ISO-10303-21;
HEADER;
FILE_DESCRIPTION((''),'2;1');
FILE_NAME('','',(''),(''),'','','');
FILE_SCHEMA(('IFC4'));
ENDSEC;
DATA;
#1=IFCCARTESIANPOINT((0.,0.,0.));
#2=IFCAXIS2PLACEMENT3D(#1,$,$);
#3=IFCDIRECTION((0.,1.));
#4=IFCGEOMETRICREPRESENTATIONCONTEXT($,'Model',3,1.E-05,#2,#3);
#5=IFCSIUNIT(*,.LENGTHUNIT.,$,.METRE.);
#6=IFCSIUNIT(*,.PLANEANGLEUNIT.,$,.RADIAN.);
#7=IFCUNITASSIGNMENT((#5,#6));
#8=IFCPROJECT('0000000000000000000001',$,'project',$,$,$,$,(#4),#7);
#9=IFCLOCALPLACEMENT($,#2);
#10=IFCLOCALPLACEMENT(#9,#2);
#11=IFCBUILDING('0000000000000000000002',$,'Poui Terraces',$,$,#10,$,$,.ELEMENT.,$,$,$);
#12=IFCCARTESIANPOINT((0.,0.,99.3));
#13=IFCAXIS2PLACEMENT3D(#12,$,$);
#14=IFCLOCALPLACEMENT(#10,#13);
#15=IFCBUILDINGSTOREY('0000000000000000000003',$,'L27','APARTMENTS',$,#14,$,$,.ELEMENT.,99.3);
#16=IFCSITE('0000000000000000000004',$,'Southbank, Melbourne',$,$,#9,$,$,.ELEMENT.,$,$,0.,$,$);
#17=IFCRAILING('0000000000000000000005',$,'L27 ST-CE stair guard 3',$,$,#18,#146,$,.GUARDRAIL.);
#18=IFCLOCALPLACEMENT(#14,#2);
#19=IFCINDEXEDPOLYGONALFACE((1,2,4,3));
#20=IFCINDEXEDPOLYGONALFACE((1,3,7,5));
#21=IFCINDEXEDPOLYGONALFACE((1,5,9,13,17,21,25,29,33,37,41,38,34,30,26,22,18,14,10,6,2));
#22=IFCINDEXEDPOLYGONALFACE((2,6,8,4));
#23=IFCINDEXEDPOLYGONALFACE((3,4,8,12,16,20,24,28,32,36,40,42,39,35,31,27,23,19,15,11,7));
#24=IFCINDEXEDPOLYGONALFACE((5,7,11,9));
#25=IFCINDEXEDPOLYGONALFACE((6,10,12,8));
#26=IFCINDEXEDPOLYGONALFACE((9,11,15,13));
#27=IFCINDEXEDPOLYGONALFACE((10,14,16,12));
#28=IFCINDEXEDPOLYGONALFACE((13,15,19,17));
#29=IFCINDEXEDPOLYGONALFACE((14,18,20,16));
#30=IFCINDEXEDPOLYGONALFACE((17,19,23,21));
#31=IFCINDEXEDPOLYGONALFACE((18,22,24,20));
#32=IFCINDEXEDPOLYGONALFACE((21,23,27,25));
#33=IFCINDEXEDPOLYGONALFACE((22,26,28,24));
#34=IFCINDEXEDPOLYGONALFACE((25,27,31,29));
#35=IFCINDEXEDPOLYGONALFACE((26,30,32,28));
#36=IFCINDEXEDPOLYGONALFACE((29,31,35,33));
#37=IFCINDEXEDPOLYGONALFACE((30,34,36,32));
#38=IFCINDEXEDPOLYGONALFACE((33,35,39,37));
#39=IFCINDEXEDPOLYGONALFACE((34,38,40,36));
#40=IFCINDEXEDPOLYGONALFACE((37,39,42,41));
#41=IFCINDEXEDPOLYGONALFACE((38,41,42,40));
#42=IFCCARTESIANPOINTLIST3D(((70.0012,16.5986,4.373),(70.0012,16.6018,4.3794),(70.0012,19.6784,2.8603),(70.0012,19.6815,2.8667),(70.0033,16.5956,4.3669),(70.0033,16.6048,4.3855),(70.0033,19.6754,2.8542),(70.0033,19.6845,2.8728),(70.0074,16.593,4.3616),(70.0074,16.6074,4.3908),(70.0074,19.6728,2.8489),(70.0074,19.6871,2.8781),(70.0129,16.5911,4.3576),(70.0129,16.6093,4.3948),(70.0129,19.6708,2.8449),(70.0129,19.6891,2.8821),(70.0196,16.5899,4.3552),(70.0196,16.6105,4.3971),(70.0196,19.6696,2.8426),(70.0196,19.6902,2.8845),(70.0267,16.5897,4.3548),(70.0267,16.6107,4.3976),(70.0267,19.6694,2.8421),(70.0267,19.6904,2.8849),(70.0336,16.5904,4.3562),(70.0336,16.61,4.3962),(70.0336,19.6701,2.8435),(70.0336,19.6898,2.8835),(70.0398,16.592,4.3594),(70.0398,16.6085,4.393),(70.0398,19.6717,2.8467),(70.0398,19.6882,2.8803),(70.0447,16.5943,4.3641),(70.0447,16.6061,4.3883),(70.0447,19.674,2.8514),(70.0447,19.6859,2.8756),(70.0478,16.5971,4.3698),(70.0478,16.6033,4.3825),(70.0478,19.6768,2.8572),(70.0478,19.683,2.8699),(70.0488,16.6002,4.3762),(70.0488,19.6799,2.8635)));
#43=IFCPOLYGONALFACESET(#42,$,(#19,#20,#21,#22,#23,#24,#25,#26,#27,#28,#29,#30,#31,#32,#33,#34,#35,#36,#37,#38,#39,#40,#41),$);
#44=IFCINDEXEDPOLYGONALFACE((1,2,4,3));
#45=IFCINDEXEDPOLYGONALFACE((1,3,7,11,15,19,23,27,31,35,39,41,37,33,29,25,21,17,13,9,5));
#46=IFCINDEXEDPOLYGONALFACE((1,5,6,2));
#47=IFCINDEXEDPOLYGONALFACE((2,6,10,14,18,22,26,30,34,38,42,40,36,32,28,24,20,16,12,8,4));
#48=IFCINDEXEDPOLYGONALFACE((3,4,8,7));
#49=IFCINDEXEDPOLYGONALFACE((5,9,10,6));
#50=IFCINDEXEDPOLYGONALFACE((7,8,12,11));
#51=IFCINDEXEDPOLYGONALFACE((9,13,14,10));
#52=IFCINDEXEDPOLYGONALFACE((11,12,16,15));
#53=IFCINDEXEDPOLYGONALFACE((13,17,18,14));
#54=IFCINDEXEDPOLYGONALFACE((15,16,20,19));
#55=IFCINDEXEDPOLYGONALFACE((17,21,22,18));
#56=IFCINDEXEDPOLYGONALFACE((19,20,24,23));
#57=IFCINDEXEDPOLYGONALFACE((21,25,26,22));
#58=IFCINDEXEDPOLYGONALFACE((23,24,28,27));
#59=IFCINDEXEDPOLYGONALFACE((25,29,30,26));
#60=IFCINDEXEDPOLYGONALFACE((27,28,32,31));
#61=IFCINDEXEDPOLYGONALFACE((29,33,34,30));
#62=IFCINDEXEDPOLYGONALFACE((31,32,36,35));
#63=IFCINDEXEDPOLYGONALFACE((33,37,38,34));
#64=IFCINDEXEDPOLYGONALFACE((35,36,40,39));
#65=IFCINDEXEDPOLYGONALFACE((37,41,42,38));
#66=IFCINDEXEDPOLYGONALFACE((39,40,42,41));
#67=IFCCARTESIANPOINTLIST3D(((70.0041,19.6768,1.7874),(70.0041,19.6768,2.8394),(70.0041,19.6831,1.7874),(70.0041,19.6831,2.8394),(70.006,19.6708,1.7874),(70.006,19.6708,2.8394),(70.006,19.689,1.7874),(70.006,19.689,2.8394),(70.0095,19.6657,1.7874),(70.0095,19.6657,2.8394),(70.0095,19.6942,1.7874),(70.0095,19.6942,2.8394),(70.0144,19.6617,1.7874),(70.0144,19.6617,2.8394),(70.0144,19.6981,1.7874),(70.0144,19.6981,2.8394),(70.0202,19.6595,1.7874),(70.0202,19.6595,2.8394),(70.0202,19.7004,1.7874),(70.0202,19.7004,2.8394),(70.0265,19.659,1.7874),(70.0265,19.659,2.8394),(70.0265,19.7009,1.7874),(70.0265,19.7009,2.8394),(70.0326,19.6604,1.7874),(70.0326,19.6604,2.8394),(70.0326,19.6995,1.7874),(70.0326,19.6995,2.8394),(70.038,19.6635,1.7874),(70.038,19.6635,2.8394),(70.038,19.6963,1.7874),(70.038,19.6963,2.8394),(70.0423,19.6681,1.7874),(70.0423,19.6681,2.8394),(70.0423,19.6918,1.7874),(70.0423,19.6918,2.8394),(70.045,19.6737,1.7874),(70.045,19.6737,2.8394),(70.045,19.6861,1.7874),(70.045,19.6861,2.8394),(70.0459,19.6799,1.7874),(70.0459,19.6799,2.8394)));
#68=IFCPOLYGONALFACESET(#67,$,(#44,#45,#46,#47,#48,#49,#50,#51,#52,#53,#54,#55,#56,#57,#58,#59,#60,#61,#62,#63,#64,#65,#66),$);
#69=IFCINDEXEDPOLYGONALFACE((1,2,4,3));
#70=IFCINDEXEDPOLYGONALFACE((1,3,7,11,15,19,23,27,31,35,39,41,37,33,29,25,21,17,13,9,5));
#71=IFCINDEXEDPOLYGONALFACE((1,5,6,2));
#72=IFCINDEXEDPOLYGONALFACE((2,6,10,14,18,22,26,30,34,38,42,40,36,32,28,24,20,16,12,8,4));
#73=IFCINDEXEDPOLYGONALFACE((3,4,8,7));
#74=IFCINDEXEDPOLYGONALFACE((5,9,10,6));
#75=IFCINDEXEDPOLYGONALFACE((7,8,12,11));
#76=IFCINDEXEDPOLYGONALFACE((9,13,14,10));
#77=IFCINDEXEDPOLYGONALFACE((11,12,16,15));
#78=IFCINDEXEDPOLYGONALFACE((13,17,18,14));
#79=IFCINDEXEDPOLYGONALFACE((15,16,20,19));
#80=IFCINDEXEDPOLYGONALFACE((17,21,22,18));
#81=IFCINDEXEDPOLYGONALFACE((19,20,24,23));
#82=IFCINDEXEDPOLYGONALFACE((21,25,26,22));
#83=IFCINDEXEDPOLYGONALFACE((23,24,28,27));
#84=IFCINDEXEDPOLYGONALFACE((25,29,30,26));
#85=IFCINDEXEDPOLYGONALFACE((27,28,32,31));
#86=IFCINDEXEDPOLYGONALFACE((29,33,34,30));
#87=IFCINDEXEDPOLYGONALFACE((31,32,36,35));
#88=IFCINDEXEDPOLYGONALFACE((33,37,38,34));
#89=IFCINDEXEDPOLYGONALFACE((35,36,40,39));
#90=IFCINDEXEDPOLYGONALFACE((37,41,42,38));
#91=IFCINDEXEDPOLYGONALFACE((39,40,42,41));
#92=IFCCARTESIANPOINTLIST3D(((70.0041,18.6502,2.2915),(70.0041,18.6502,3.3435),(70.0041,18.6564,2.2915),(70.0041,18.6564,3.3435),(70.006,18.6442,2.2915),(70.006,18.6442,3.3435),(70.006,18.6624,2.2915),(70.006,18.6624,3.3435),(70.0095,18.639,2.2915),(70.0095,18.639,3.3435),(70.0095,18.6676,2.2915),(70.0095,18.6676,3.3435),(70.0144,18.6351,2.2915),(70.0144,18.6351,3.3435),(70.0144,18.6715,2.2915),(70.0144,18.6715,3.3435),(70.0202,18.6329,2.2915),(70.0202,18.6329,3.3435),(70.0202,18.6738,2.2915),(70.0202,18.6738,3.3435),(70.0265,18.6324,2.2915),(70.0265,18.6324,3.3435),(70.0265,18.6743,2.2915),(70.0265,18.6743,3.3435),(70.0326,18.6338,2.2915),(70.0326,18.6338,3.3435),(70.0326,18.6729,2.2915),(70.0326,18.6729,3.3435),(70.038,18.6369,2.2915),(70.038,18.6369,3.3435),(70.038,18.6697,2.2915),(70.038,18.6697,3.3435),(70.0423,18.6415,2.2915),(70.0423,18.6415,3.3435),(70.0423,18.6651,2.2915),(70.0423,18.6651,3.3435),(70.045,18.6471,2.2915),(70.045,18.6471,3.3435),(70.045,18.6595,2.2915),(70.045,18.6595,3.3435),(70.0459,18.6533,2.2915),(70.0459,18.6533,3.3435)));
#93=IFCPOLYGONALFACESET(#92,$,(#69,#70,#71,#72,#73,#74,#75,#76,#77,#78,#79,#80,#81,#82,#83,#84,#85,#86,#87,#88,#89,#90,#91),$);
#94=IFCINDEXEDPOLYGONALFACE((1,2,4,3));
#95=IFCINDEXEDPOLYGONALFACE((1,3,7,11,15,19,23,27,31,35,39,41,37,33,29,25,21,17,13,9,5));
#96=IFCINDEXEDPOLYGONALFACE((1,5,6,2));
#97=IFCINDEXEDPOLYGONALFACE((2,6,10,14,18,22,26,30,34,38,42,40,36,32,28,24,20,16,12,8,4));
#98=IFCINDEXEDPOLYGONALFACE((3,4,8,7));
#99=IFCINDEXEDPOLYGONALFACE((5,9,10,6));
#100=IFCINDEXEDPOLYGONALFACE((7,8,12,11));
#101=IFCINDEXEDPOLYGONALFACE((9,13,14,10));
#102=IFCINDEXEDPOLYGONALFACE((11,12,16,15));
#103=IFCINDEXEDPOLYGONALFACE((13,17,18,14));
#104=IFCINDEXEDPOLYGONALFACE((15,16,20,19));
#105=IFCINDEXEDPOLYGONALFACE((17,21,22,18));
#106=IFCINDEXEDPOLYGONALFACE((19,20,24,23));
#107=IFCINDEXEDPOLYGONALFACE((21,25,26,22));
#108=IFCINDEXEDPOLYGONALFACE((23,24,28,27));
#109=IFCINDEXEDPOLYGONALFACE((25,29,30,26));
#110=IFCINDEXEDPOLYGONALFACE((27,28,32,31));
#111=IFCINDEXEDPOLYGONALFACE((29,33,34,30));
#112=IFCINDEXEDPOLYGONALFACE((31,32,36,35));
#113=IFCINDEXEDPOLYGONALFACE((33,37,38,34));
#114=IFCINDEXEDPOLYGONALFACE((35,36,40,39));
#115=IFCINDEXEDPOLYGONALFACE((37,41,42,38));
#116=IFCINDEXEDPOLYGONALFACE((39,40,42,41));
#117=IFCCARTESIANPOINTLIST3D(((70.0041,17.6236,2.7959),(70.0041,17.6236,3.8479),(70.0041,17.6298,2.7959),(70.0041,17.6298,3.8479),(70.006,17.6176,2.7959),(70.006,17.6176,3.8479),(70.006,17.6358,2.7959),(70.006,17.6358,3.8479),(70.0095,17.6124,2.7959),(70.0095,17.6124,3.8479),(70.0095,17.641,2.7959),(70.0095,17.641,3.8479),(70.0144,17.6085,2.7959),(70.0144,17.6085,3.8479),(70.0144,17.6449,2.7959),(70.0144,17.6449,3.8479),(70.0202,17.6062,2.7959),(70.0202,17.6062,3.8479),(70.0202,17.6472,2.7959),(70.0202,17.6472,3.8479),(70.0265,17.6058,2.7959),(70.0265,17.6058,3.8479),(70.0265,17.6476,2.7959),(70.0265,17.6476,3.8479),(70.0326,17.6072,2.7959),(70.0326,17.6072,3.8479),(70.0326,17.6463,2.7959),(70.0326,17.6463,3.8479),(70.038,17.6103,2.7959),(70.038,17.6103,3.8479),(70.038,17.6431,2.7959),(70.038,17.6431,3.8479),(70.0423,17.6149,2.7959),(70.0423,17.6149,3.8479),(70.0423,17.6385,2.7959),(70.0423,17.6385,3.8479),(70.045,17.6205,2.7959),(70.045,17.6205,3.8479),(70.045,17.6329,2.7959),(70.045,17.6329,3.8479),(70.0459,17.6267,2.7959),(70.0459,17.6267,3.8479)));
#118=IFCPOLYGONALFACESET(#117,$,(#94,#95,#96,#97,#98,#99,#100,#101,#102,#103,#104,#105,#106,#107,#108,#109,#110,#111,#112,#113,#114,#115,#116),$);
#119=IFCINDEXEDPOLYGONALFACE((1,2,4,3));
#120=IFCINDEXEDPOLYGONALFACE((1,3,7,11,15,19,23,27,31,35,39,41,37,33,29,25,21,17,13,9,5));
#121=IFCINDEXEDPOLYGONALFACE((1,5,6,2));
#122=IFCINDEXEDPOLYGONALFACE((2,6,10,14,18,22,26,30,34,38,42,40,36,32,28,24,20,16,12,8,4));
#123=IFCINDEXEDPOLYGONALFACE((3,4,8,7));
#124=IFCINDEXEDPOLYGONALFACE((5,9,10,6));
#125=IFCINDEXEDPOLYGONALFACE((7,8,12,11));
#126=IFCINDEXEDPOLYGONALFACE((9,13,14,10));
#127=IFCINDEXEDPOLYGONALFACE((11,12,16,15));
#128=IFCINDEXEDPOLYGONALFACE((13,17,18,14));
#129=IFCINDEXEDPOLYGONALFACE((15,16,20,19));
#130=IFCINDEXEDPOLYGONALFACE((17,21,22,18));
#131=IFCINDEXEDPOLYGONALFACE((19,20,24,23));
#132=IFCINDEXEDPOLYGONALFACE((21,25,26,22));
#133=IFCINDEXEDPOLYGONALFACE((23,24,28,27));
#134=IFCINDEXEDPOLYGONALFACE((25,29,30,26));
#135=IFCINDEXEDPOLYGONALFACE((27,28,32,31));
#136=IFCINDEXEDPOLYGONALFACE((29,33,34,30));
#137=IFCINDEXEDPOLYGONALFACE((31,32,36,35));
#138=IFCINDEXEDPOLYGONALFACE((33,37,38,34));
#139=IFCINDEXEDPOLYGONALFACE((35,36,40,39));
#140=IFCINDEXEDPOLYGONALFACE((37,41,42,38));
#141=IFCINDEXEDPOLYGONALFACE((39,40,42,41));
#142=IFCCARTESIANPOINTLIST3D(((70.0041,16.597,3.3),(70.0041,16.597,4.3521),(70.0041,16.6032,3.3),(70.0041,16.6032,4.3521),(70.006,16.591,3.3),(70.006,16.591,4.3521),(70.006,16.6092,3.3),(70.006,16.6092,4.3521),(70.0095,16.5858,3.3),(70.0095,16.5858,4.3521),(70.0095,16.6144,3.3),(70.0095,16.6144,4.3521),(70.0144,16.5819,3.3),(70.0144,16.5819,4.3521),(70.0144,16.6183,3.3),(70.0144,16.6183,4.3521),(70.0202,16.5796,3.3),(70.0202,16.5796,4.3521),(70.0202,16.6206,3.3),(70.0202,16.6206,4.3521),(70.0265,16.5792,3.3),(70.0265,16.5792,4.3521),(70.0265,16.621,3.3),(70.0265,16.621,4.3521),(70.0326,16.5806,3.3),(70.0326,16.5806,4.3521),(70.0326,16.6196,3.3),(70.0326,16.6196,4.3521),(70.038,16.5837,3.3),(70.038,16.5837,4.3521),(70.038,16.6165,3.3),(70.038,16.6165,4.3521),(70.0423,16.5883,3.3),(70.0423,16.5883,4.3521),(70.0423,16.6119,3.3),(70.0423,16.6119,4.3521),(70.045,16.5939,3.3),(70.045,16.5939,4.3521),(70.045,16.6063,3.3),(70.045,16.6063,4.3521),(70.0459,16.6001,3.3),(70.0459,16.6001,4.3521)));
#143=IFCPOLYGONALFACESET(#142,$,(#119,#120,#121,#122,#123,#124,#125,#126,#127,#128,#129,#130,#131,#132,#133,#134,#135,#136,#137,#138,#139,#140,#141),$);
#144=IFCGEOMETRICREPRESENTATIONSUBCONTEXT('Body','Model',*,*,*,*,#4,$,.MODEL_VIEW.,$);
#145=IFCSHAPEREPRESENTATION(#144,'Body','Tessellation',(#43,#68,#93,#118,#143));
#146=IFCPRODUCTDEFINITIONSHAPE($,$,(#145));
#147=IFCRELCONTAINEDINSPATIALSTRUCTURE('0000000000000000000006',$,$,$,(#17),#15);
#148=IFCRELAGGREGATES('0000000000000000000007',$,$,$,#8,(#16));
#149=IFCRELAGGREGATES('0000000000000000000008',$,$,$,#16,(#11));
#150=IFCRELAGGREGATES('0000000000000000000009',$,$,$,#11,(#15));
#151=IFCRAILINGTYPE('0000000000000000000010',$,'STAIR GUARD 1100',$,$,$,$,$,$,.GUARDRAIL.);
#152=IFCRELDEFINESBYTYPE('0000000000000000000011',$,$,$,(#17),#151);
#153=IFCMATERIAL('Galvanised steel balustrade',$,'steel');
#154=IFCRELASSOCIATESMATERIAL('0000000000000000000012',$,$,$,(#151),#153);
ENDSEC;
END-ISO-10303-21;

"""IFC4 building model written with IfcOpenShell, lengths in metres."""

from ifc_helpers import new_model, si_unit, direction, frame, origin, origin_2d, place, context, subcontext, project, spatial, circle, extrude, material, type_object, element, save


model = new_model("IFC4")

# Units and contexts
model_context = context("Model", 3, precision=1e-05, world=origin(), true_north=direction((0.0, 1.0)))
body_context = subcontext(model_context, "Body", "Model", "MODEL_VIEW")
ifc_project = project(units=[si_unit("LENGTHUNIT", "METRE"), si_unit("PLANEANGLEUNIT", "RADIAN")], contexts=[model_context])

# Site, building, storey
site_placement = place(None, origin())
site = spatial("IfcSite", under=ifc_project, at=site_placement, Name="Southbank, Melbourne", CompositionType="ELEMENT", RefElevation=0.0)
building_placement = place(site_placement, origin())
building = spatial("IfcBuilding", under=site, at=building_placement, Name="Poui Terraces", CompositionType="ELEMENT")
storey_placement = place(building_placement, frame((0.0, 0.0, 99.3)))
storey = spatial("IfcBuildingStorey", under=building, at=storey_placement, Name="L27", Description="APARTMENTS", CompositionType="ELEMENT", Elevation=99.3)

# Railing
ifc_material_1 = material(Name="Galvanised steel balustrade", Category="steel")
railing_type_1 = type_object("IfcRailingType", Name="STAIR GUARD 1100", PredefinedType="GUARDRAIL", material=ifc_material_1)
railing_1_placement = place(storey_placement, frame((70.0249, 19.6799, 1.7874)))
element("IfcRailing", 1, at=railing_1_placement, inside=storey, type_object=railing_type_1, Name="L27 ST-CE stair guard 3", PredefinedType="GUARDRAIL", context=body_context, shape_type="SweptSolid", body=[
    extrude(circle(Radius=0.0239, at=origin_2d()), frame((0.0, 0.0, 1.0762), z_axis=(0.0, -0.897578, 0.440856), x_axis=(1.0, 0.0, 0.0)), (0.0, 0.0, 1.0), 3.4312),
    extrude(circle(Radius=0.021, at=origin_2d()), origin(), (0.0, 0.0, 1.0), 1.052),
    extrude(circle(Radius=0.021, at=origin_2d()), frame((0.0, -1.0266, 0.5042)), (0.0, 0.0, 1.0), 1.052),
    extrude(circle(Radius=0.021, at=origin_2d()), frame((0.0, -2.0532, 1.0085)), (0.0, 0.0, 1.0), 1.052),
    extrude(circle(Radius=0.021, at=origin_2d()), frame((0.0, -3.0798, 1.5127)), (0.0, 0.0, 1.0), 1.052),
])

save(model, "model.ifc")
